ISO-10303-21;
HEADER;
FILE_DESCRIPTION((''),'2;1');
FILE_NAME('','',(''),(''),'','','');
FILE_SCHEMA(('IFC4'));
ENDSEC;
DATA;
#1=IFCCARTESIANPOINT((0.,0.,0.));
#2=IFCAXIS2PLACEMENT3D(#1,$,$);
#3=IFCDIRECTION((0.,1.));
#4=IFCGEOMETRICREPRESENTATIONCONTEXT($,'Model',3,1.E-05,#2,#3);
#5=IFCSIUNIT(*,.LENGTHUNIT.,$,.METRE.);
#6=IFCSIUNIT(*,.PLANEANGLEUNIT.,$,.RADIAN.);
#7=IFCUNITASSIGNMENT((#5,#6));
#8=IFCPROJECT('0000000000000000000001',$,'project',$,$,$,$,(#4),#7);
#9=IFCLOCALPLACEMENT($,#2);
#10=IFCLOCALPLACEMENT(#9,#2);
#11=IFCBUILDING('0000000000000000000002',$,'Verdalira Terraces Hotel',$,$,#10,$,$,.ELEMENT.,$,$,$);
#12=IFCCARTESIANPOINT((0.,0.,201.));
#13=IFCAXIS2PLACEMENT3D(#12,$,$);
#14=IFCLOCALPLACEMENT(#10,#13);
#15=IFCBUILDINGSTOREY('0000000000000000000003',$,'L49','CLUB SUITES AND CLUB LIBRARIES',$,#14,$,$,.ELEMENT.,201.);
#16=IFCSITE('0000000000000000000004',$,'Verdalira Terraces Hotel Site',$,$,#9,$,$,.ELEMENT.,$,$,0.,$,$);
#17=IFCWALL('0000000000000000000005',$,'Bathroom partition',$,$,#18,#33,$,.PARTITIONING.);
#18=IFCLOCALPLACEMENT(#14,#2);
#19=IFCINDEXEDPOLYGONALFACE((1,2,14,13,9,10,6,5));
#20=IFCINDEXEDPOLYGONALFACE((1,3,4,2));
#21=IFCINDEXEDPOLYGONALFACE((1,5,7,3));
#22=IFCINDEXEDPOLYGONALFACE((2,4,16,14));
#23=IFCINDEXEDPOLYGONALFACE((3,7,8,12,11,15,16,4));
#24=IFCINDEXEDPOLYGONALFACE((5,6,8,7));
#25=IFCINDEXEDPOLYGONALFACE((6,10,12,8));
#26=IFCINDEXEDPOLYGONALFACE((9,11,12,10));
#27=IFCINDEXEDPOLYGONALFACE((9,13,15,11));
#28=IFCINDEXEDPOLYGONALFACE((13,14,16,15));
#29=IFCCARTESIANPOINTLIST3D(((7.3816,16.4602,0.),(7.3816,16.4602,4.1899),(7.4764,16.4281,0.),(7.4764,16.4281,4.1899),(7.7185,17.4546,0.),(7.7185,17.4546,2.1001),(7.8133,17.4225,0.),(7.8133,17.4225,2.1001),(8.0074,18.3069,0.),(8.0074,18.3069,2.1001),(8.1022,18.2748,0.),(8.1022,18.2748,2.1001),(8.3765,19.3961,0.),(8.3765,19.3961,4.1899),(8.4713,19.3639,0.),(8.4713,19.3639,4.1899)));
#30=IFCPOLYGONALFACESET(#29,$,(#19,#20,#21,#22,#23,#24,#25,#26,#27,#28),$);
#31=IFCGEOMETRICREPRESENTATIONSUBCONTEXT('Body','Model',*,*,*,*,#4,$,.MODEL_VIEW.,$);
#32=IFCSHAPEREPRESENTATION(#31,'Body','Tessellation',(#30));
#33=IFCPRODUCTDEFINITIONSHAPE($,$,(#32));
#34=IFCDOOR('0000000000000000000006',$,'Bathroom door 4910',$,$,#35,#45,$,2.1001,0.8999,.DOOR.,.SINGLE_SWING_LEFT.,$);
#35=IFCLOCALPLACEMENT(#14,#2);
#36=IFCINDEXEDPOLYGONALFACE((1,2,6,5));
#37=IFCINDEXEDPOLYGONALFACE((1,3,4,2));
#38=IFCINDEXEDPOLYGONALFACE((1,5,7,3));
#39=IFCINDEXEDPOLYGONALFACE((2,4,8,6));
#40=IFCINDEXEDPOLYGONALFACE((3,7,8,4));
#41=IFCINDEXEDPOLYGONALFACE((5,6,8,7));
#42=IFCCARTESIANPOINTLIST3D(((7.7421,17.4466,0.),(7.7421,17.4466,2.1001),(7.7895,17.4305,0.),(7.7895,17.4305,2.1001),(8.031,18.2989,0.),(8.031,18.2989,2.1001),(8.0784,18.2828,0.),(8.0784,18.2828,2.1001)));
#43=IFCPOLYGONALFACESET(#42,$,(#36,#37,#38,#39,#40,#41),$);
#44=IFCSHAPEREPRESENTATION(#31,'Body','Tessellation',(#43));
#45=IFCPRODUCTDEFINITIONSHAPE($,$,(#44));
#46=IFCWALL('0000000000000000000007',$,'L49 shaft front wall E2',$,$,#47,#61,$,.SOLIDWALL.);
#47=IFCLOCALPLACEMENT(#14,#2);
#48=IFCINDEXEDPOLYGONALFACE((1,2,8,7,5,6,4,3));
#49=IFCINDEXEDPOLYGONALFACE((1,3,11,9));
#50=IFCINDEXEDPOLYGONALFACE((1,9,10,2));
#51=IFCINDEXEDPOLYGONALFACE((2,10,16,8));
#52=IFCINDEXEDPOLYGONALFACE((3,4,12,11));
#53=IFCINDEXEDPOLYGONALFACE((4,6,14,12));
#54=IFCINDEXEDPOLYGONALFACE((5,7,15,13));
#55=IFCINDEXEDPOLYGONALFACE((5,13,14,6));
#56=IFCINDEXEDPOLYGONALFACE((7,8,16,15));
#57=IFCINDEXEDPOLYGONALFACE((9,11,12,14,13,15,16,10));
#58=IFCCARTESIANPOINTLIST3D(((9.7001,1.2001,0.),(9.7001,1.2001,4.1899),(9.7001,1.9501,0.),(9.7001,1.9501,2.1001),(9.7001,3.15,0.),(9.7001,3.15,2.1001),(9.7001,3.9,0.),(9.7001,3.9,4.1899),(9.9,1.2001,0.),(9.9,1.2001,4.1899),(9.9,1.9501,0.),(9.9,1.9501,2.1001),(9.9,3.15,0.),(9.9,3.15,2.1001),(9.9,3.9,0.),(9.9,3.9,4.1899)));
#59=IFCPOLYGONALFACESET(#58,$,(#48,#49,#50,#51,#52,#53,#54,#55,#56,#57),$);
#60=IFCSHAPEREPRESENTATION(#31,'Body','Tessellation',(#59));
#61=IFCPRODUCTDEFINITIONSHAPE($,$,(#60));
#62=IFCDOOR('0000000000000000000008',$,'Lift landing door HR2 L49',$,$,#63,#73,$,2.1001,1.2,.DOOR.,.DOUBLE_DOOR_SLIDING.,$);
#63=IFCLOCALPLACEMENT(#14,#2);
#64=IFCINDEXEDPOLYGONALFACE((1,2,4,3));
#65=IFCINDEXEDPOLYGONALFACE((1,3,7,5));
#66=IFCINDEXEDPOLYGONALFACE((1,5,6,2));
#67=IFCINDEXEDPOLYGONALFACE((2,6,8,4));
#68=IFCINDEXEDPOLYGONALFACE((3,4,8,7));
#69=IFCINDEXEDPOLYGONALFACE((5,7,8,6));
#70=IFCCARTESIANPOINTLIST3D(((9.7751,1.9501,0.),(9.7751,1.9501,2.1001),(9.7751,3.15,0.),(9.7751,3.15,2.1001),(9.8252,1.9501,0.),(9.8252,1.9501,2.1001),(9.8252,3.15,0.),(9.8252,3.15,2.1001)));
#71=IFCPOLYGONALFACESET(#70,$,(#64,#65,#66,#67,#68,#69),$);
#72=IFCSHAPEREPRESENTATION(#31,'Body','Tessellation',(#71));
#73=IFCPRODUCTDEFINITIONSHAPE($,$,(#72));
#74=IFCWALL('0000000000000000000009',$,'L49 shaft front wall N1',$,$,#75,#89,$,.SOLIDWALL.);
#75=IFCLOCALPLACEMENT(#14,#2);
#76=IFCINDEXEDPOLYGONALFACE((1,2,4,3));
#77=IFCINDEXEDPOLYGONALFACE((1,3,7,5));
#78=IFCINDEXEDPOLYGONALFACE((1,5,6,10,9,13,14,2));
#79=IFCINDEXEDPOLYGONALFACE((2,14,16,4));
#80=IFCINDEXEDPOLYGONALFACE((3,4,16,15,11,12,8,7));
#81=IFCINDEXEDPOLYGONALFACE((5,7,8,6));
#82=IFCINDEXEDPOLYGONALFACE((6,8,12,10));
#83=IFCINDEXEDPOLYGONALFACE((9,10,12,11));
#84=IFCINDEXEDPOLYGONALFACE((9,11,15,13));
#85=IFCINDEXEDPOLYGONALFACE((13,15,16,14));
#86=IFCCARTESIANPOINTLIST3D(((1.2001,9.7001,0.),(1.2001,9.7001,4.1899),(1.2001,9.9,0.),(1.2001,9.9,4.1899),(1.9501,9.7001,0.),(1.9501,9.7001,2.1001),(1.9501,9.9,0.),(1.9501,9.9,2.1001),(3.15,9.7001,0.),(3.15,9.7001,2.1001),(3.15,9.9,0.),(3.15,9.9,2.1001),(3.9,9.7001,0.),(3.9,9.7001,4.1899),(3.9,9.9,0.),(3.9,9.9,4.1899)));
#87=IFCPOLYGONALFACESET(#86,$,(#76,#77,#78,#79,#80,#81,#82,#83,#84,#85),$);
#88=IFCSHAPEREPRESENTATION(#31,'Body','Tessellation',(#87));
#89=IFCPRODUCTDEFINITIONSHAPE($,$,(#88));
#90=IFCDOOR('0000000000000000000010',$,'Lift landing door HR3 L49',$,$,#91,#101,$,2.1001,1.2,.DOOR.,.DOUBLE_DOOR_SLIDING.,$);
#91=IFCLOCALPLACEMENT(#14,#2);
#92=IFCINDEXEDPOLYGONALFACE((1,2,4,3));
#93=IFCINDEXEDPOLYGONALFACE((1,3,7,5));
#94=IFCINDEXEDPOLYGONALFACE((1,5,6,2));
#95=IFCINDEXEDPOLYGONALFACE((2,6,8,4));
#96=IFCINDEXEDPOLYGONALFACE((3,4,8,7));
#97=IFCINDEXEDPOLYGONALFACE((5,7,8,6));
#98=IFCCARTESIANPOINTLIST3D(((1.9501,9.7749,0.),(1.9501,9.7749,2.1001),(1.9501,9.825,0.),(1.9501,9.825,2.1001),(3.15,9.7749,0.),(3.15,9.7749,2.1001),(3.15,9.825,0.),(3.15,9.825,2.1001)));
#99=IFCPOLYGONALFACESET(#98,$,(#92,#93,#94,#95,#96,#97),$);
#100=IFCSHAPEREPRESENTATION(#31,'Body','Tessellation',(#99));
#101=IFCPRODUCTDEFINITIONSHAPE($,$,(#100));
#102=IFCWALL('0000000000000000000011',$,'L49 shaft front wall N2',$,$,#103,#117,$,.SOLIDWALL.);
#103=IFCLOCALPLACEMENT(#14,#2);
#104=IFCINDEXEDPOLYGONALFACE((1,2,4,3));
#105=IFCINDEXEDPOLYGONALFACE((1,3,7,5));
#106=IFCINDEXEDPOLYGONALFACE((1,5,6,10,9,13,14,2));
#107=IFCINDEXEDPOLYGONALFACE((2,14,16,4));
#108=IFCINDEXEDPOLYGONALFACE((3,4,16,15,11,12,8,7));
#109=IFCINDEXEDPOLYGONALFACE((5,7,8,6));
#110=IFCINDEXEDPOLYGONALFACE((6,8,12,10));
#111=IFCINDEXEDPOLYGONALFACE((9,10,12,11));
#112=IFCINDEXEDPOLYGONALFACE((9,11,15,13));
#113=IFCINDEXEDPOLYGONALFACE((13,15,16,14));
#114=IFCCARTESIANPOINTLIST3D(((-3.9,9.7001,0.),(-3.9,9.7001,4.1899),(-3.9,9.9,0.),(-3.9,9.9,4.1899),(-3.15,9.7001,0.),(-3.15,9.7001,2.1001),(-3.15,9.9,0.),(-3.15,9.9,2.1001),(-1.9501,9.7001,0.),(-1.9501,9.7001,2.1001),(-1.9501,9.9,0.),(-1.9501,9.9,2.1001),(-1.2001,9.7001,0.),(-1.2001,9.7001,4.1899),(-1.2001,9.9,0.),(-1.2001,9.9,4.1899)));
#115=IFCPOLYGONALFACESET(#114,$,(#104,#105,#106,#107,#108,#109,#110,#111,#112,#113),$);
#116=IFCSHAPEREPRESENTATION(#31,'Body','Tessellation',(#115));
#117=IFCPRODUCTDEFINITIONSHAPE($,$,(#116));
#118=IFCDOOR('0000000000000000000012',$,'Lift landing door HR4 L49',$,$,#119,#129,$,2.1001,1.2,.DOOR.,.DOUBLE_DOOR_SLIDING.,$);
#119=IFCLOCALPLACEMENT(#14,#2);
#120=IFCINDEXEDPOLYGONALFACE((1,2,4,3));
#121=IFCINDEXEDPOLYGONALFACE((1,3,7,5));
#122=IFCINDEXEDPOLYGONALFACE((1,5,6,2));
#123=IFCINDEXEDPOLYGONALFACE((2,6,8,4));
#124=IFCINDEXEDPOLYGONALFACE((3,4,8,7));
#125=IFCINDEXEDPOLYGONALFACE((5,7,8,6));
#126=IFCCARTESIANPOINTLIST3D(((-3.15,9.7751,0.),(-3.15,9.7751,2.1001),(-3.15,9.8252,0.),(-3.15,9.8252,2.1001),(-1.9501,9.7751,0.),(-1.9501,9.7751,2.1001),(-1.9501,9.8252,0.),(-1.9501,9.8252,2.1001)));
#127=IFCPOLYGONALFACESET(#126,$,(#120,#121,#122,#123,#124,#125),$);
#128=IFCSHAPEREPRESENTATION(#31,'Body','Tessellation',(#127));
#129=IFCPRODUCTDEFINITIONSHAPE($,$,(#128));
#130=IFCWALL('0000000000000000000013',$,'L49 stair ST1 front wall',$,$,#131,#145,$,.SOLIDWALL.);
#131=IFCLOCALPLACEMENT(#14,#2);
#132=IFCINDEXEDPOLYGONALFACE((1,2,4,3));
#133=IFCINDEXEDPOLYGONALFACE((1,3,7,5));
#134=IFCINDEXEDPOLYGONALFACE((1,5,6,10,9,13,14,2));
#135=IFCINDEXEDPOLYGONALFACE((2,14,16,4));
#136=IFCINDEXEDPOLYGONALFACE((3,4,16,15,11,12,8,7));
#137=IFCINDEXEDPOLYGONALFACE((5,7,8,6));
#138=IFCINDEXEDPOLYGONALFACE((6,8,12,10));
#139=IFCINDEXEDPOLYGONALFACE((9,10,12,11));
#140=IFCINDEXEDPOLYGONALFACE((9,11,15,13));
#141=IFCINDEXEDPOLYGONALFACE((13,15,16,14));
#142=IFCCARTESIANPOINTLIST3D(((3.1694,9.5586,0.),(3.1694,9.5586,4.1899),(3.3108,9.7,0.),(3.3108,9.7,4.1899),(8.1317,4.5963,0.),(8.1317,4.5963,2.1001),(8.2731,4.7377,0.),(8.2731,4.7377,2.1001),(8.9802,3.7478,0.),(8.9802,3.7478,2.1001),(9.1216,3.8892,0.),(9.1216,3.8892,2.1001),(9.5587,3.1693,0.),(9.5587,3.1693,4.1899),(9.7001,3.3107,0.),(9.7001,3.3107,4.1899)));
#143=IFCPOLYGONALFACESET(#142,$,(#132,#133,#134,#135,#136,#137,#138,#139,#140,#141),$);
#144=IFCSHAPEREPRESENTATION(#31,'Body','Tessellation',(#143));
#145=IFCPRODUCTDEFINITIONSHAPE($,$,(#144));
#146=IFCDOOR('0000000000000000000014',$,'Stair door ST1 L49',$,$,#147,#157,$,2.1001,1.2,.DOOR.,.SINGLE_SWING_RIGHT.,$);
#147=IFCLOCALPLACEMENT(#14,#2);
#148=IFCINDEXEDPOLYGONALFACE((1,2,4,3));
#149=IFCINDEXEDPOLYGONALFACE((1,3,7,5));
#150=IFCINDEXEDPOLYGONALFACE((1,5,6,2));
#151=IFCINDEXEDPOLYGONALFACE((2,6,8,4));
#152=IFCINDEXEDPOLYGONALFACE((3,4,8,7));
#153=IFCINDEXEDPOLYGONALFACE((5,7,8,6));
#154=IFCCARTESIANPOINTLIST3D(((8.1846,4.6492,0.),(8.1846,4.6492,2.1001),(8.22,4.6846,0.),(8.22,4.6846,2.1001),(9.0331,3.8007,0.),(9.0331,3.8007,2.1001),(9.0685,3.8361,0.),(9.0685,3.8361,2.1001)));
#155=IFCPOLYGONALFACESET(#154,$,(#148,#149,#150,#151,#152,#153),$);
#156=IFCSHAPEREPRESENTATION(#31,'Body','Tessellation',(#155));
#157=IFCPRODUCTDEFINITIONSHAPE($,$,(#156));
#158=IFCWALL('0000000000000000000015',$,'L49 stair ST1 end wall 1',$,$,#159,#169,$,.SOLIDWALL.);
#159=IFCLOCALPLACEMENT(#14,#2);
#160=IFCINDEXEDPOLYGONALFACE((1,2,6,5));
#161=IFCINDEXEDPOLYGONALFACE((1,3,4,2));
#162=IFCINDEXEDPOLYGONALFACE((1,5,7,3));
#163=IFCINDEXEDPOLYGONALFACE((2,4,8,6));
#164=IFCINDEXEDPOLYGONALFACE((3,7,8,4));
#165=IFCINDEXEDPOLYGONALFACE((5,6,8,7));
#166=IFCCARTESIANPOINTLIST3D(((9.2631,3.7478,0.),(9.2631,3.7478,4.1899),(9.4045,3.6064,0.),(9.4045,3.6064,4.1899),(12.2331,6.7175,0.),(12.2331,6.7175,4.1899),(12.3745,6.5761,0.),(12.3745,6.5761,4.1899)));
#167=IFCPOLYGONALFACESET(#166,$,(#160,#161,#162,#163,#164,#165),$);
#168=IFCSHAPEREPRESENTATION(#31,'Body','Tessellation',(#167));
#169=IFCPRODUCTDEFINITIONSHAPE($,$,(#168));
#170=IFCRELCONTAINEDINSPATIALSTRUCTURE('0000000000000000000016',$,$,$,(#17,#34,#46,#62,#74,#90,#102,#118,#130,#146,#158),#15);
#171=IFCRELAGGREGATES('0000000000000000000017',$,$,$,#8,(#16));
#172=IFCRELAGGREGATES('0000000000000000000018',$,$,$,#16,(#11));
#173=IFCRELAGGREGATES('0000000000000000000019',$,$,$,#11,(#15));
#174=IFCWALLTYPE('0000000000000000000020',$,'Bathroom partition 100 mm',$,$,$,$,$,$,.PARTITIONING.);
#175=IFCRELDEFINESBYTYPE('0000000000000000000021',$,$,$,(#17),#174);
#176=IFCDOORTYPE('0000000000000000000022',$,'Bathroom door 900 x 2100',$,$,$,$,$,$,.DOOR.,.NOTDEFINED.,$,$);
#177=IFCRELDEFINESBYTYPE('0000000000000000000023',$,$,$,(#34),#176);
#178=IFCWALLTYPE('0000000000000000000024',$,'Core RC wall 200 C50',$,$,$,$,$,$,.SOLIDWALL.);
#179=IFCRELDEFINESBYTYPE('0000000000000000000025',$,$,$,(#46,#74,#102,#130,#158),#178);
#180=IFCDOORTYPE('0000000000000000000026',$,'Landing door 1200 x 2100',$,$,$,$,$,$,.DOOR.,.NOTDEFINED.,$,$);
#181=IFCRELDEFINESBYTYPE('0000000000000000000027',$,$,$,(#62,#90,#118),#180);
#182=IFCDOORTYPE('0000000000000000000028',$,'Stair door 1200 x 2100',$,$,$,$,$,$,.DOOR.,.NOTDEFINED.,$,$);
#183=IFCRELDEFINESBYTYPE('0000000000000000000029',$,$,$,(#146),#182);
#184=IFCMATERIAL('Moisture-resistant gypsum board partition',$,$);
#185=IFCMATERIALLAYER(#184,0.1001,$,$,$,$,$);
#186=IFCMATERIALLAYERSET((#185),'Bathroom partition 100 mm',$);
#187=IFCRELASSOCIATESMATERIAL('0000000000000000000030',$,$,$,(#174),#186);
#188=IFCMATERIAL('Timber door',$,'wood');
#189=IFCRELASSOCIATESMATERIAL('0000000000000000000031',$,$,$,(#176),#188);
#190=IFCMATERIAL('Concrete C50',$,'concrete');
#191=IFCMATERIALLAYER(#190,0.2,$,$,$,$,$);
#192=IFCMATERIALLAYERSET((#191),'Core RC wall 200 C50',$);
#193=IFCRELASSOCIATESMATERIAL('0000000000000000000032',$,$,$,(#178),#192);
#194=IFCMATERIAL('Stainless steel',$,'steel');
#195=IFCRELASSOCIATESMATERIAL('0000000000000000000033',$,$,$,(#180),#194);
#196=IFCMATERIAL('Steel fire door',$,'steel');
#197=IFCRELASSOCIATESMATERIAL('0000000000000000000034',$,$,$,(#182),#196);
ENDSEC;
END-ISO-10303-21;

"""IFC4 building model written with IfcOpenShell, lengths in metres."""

from ifc_helpers import new_model, si_unit, direction, frame, frame_2d, origin, place, context, subcontext, project, spatial, rectangle, extrude, material, layer, layer_set, type_object, element, fill, save


model = new_model("IFC4")

# Units and contexts
model_context = context("Model", 3, precision=1e-05, world=origin(), true_north=direction((0.0, 1.0)))
body_context = subcontext(model_context, "Body", "Model", "MODEL_VIEW")
ifc_project = project(units=[si_unit("LENGTHUNIT", "METRE"), si_unit("PLANEANGLEUNIT", "RADIAN")], contexts=[model_context])

# Site, building, storey
site_placement = place(None, origin())
site = spatial("IfcSite", under=ifc_project, at=site_placement, Name="Verdalira Terraces Hotel Site", CompositionType="ELEMENT", RefElevation=0.0)
building_placement = place(site_placement, origin())
building = spatial("IfcBuilding", under=site, at=building_placement, Name="Verdalira Terraces Hotel", CompositionType="ELEMENT")
storey_placement = place(building_placement, frame((0.0, 0.0, 201.0)))
storey = spatial("IfcBuildingStorey", under=building, at=storey_placement, Name="L49", Description="CLUB SUITES AND CLUB LIBRARIES", CompositionType="ELEMENT", Elevation=201.0)

# Walls, openings, doors
ifc_material_1 = material(Name="Moisture-resistant gypsum board partition")
ifc_layer_1 = layer(ifc_material_1, 0.1001)
ifc_layer_set_1 = layer_set([ifc_layer_1], Name="Bathroom partition 100 mm")
wall_type_1 = type_object("IfcWallType", Name="Bathroom partition 100 mm", PredefinedType="PARTITIONING", material=ifc_layer_set_1)
wall_1_placement = place(storey_placement, frame((8.4238, 19.3799, 0.0), z_axis=(0.0, 0.0, 1.0), x_axis=(-0.320949, -0.947096, 0.0)))
wall_1 = element("IfcWall", 1, at=wall_1_placement, inside=storey, type_object=wall_type_1, Name="Bathroom partition", PredefinedType="PARTITIONING", context=body_context, shape_type="SweptSolid", body=[
    extrude(rectangle(XDim=3.0999, YDim=0.1001, at=frame_2d((1.5498, 0.0))), origin(), (0.0, 0.0, 1.0), 4.1899),
])
opening_1_placement = place(wall_1_placement, frame((1.1499, 0.0, 0.0)))
opening_1 = element("IfcOpeningElement", 2, at=opening_1_placement, cuts=wall_1, PredefinedType="OPENING", context=body_context, shape_type="SweptSolid", body=[
    extrude(rectangle(XDim=0.8999, YDim=2.1001, at=frame_2d((0.45, 1.05))), frame((0.0, 0.0601, 0.0), z_axis=(0.0, -1.0, 0.0), x_axis=(1.0, 0.0, 0.0)), (0.0, 0.0, 1.0), 0.1201),
])
ifc_material_2 = material(Name="Timber door", Category="wood")
door_type_1 = type_object("IfcDoorType", Name="Bathroom door 900 x 2100", OperationType="NOTDEFINED", PredefinedType="DOOR", material=ifc_material_2)
door_1_placement = place(opening_1_placement, origin())
door_1 = element("IfcDoor", 3, at=door_1_placement, inside=storey, type_object=door_type_1, Name="Bathroom door 4910", OperationType="SINGLE_SWING_LEFT", OverallHeight=2.1001, OverallWidth=0.8999, PredefinedType="DOOR", context=body_context, shape_type="SweptSolid", body=[
    extrude(rectangle(XDim=0.8999, YDim=2.1001, at=frame_2d((0.45, 1.05))), frame((0.0, 0.0249, 0.0), z_axis=(0.0, -1.0, 0.0), x_axis=(1.0, 0.0, 0.0)), (0.0, 0.0, 1.0), 0.05),
])
fill(opening_1, door_1)
ifc_material_3 = material(Name="Concrete C50", Category="concrete")
ifc_layer_2 = layer(ifc_material_3, 0.2)
ifc_layer_set_2 = layer_set([ifc_layer_2], Name="Core RC wall 200 C50")
wall_type_2 = type_object("IfcWallType", Name="Core RC wall 200 C50", PredefinedType="SOLIDWALL", material=ifc_layer_set_2)
wall_2_placement = place(storey_placement, frame((9.8, 1.2, 0.0), z_axis=(0.0, 0.0, 1.0), x_axis=(0.0, 1.0, 0.0)))
wall_2 = element("IfcWall", 4, at=wall_2_placement, inside=storey, type_object=wall_type_2, Name="L49 shaft front wall E2", PredefinedType="SOLIDWALL", context=body_context, shape_type="SweptSolid", body=[
    extrude(rectangle(XDim=2.7, YDim=0.2, at=frame_2d((1.3501, 0.0))), origin(), (0.0, 0.0, 1.0), 4.1899),
])
opening_2_placement = place(wall_2_placement, frame((0.75, 0.0, 0.0)))
opening_2 = element("IfcOpeningElement", 5, at=opening_2_placement, cuts=wall_2, PredefinedType="OPENING", context=body_context, shape_type="SweptSolid", body=[
    extrude(rectangle(XDim=1.2, YDim=2.1001, at=frame_2d((0.6001, 1.05))), frame((0.0, 0.1099, 0.0), z_axis=(0.0, -1.0, 0.0), x_axis=(1.0, 0.0, 0.0)), (0.0, 0.0, 1.0), 0.22),
])
ifc_material_4 = material(Name="Stainless steel", Category="steel")
door_type_2 = type_object("IfcDoorType", Name="Landing door 1200 x 2100", OperationType="NOTDEFINED", PredefinedType="DOOR", material=ifc_material_4)
door_2_placement = place(opening_2_placement, origin())
door_2 = element("IfcDoor", 6, at=door_2_placement, inside=storey, type_object=door_type_2, Name="Lift landing door HR2 L49", OperationType="DOUBLE_DOOR_SLIDING", OverallHeight=2.1001, OverallWidth=1.2, PredefinedType="DOOR", context=body_context, shape_type="SweptSolid", body=[
    extrude(rectangle(XDim=1.2, YDim=2.1001, at=frame_2d((0.6001, 1.05))), frame((0.0, 0.0249, 0.0), z_axis=(0.0, -1.0, 0.0), x_axis=(1.0, 0.0, 0.0)), (0.0, 0.0, 1.0), 0.05),
])
fill(opening_2, door_2)
wall_3_placement = place(storey_placement, frame((1.2, 9.8, 0.0), z_axis=(0.0, 0.0, 1.0), x_axis=(1.0, 0.0, 0.0)))
wall_3 = element("IfcWall", 7, at=wall_3_placement, inside=storey, type_object=wall_type_2, Name="L49 shaft front wall N1", PredefinedType="SOLIDWALL", context=body_context, shape_type="SweptSolid", body=[
    extrude(rectangle(XDim=2.7, YDim=0.2, at=frame_2d((1.3501, 0.0))), origin(), (0.0, 0.0, 1.0), 4.1899),
])
opening_3_placement = place(wall_3_placement, frame((0.75, 0.0, 0.0)))
opening_3 = element("IfcOpeningElement", 8, at=opening_3_placement, cuts=wall_3, PredefinedType="OPENING", context=body_context, shape_type="SweptSolid", body=[
    extrude(rectangle(XDim=1.2, YDim=2.1001, at=frame_2d((0.6001, 1.05))), frame((0.0, 0.1099, 0.0), z_axis=(0.0, -1.0, 0.0), x_axis=(1.0, 0.0, 0.0)), (0.0, 0.0, 1.0), 0.22),
])
door_3_placement = place(opening_3_placement, origin())
door_3 = element("IfcDoor", 9, at=door_3_placement, inside=storey, type_object=door_type_2, Name="Lift landing door HR3 L49", OperationType="DOUBLE_DOOR_SLIDING", OverallHeight=2.1001, OverallWidth=1.2, PredefinedType="DOOR", context=body_context, shape_type="SweptSolid", body=[
    extrude(rectangle(XDim=1.2, YDim=2.1001, at=frame_2d((0.6001, 1.05))), frame((0.0, 0.0249, 0.0), z_axis=(0.0, -1.0, 0.0), x_axis=(1.0, 0.0, 0.0)), (0.0, 0.0, 1.0), 0.05),
])
fill(opening_3, door_3)
wall_4_placement = place(storey_placement, frame((-1.2, 9.8, 0.0), z_axis=(0.0, 0.0, 1.0), x_axis=(-1.0, 0.0, 0.0)))
wall_4 = element("IfcWall", 10, at=wall_4_placement, inside=storey, type_object=wall_type_2, Name="L49 shaft front wall N2", PredefinedType="SOLIDWALL", context=body_context, shape_type="SweptSolid", body=[
    extrude(rectangle(XDim=2.7, YDim=0.2, at=frame_2d((1.3501, 0.0))), origin(), (0.0, 0.0, 1.0), 4.1899),
])
opening_4_placement = place(wall_4_placement, frame((0.75, 0.0, 0.0)))
opening_4 = element("IfcOpeningElement", 11, at=opening_4_placement, cuts=wall_4, PredefinedType="OPENING", context=body_context, shape_type="SweptSolid", body=[
    extrude(rectangle(XDim=1.2, YDim=2.1001, at=frame_2d((0.6001, 1.05))), frame((0.0, 0.1099, 0.0), z_axis=(0.0, -1.0, 0.0), x_axis=(1.0, 0.0, 0.0)), (0.0, 0.0, 1.0), 0.22),
])
door_4_placement = place(opening_4_placement, origin())
door_4 = element("IfcDoor", 12, at=door_4_placement, inside=storey, type_object=door_type_2, Name="Lift landing door HR4 L49", OperationType="DOUBLE_DOOR_SLIDING", OverallHeight=2.1001, OverallWidth=1.2, PredefinedType="DOOR", context=body_context, shape_type="SweptSolid", body=[
    extrude(rectangle(XDim=1.2, YDim=2.1001, at=frame_2d((0.6001, 1.05))), frame((0.0, 0.0249, 0.0), z_axis=(0.0, -1.0, 0.0), x_axis=(1.0, 0.0, 0.0)), (0.0, 0.0, 1.0), 0.05),
])
fill(opening_4, door_4)
wall_5_placement = place(storey_placement, frame((3.24, 9.6294, 0.0), z_axis=(0.0, 0.0, 1.0), x_axis=(0.707107, -0.707107, 0.0)))
wall_5 = element("IfcWall", 13, at=wall_5_placement, inside=storey, type_object=wall_type_2, Name="L49 stair ST1 front wall", PredefinedType="SOLIDWALL", context=body_context, shape_type="SweptSolid", body=[
    extrude(rectangle(XDim=9.0359, YDim=0.2, at=frame_2d((4.5181, 0.0))), origin(), (0.0, 0.0, 1.0), 4.1899),
])
opening_5_placement = place(wall_5_placement, frame((7.0178, 0.0, 0.0)))
opening_5 = element("IfcOpeningElement", 14, at=opening_5_placement, cuts=wall_5, PredefinedType="OPENING", context=body_context, shape_type="SweptSolid", body=[
    extrude(rectangle(XDim=1.2, YDim=2.1001, at=frame_2d((0.6001, 1.05))), frame((0.0, 0.1099, 0.0), z_axis=(0.0, -1.0, 0.0), x_axis=(1.0, 0.0, 0.0)), (0.0, 0.0, 1.0), 0.22),
])
ifc_material_5 = material(Name="Steel fire door", Category="steel")
door_type_3 = type_object("IfcDoorType", Name="Stair door 1200 x 2100", OperationType="NOTDEFINED", PredefinedType="DOOR", material=ifc_material_5)
door_5_placement = place(opening_5_placement, origin())
door_5 = element("IfcDoor", 15, at=door_5_placement, inside=storey, type_object=door_type_3, Name="Stair door ST1 L49", OperationType="SINGLE_SWING_RIGHT", OverallHeight=2.1001, OverallWidth=1.2, PredefinedType="DOOR", context=body_context, shape_type="SweptSolid", body=[
    extrude(rectangle(XDim=1.2, YDim=2.1001, at=frame_2d((0.6001, 1.05))), frame((0.0, 0.0249, 0.0), z_axis=(0.0, -1.0, 0.0), x_axis=(1.0, 0.0, 0.0)), (0.0, 0.0, 1.0), 0.05),
])
fill(opening_5, door_5)

# Wall
for number, where, z_axis, x_axis, name in (
    (16, (9.3337, 3.677, 0.0), (0.0, 0.0, 1.0), (0.707136, 0.707078, 0.0), "L49 stair ST1 end wall 1"),
):
    element("IfcWall", number, at=place(storey_placement, frame(where, z_axis=z_axis, x_axis=x_axis)), inside=storey, type_object=wall_type_2, Name=name, PredefinedType="SOLIDWALL", context=body_context, shape_type="SweptSolid", body=[
        extrude(rectangle(XDim=4.2, YDim=0.2, at=frame_2d((2.1001, 0.0))), origin(), (0.0, 0.0, 1.0), 4.1899),
    ])

save(model, "model.ifc")
